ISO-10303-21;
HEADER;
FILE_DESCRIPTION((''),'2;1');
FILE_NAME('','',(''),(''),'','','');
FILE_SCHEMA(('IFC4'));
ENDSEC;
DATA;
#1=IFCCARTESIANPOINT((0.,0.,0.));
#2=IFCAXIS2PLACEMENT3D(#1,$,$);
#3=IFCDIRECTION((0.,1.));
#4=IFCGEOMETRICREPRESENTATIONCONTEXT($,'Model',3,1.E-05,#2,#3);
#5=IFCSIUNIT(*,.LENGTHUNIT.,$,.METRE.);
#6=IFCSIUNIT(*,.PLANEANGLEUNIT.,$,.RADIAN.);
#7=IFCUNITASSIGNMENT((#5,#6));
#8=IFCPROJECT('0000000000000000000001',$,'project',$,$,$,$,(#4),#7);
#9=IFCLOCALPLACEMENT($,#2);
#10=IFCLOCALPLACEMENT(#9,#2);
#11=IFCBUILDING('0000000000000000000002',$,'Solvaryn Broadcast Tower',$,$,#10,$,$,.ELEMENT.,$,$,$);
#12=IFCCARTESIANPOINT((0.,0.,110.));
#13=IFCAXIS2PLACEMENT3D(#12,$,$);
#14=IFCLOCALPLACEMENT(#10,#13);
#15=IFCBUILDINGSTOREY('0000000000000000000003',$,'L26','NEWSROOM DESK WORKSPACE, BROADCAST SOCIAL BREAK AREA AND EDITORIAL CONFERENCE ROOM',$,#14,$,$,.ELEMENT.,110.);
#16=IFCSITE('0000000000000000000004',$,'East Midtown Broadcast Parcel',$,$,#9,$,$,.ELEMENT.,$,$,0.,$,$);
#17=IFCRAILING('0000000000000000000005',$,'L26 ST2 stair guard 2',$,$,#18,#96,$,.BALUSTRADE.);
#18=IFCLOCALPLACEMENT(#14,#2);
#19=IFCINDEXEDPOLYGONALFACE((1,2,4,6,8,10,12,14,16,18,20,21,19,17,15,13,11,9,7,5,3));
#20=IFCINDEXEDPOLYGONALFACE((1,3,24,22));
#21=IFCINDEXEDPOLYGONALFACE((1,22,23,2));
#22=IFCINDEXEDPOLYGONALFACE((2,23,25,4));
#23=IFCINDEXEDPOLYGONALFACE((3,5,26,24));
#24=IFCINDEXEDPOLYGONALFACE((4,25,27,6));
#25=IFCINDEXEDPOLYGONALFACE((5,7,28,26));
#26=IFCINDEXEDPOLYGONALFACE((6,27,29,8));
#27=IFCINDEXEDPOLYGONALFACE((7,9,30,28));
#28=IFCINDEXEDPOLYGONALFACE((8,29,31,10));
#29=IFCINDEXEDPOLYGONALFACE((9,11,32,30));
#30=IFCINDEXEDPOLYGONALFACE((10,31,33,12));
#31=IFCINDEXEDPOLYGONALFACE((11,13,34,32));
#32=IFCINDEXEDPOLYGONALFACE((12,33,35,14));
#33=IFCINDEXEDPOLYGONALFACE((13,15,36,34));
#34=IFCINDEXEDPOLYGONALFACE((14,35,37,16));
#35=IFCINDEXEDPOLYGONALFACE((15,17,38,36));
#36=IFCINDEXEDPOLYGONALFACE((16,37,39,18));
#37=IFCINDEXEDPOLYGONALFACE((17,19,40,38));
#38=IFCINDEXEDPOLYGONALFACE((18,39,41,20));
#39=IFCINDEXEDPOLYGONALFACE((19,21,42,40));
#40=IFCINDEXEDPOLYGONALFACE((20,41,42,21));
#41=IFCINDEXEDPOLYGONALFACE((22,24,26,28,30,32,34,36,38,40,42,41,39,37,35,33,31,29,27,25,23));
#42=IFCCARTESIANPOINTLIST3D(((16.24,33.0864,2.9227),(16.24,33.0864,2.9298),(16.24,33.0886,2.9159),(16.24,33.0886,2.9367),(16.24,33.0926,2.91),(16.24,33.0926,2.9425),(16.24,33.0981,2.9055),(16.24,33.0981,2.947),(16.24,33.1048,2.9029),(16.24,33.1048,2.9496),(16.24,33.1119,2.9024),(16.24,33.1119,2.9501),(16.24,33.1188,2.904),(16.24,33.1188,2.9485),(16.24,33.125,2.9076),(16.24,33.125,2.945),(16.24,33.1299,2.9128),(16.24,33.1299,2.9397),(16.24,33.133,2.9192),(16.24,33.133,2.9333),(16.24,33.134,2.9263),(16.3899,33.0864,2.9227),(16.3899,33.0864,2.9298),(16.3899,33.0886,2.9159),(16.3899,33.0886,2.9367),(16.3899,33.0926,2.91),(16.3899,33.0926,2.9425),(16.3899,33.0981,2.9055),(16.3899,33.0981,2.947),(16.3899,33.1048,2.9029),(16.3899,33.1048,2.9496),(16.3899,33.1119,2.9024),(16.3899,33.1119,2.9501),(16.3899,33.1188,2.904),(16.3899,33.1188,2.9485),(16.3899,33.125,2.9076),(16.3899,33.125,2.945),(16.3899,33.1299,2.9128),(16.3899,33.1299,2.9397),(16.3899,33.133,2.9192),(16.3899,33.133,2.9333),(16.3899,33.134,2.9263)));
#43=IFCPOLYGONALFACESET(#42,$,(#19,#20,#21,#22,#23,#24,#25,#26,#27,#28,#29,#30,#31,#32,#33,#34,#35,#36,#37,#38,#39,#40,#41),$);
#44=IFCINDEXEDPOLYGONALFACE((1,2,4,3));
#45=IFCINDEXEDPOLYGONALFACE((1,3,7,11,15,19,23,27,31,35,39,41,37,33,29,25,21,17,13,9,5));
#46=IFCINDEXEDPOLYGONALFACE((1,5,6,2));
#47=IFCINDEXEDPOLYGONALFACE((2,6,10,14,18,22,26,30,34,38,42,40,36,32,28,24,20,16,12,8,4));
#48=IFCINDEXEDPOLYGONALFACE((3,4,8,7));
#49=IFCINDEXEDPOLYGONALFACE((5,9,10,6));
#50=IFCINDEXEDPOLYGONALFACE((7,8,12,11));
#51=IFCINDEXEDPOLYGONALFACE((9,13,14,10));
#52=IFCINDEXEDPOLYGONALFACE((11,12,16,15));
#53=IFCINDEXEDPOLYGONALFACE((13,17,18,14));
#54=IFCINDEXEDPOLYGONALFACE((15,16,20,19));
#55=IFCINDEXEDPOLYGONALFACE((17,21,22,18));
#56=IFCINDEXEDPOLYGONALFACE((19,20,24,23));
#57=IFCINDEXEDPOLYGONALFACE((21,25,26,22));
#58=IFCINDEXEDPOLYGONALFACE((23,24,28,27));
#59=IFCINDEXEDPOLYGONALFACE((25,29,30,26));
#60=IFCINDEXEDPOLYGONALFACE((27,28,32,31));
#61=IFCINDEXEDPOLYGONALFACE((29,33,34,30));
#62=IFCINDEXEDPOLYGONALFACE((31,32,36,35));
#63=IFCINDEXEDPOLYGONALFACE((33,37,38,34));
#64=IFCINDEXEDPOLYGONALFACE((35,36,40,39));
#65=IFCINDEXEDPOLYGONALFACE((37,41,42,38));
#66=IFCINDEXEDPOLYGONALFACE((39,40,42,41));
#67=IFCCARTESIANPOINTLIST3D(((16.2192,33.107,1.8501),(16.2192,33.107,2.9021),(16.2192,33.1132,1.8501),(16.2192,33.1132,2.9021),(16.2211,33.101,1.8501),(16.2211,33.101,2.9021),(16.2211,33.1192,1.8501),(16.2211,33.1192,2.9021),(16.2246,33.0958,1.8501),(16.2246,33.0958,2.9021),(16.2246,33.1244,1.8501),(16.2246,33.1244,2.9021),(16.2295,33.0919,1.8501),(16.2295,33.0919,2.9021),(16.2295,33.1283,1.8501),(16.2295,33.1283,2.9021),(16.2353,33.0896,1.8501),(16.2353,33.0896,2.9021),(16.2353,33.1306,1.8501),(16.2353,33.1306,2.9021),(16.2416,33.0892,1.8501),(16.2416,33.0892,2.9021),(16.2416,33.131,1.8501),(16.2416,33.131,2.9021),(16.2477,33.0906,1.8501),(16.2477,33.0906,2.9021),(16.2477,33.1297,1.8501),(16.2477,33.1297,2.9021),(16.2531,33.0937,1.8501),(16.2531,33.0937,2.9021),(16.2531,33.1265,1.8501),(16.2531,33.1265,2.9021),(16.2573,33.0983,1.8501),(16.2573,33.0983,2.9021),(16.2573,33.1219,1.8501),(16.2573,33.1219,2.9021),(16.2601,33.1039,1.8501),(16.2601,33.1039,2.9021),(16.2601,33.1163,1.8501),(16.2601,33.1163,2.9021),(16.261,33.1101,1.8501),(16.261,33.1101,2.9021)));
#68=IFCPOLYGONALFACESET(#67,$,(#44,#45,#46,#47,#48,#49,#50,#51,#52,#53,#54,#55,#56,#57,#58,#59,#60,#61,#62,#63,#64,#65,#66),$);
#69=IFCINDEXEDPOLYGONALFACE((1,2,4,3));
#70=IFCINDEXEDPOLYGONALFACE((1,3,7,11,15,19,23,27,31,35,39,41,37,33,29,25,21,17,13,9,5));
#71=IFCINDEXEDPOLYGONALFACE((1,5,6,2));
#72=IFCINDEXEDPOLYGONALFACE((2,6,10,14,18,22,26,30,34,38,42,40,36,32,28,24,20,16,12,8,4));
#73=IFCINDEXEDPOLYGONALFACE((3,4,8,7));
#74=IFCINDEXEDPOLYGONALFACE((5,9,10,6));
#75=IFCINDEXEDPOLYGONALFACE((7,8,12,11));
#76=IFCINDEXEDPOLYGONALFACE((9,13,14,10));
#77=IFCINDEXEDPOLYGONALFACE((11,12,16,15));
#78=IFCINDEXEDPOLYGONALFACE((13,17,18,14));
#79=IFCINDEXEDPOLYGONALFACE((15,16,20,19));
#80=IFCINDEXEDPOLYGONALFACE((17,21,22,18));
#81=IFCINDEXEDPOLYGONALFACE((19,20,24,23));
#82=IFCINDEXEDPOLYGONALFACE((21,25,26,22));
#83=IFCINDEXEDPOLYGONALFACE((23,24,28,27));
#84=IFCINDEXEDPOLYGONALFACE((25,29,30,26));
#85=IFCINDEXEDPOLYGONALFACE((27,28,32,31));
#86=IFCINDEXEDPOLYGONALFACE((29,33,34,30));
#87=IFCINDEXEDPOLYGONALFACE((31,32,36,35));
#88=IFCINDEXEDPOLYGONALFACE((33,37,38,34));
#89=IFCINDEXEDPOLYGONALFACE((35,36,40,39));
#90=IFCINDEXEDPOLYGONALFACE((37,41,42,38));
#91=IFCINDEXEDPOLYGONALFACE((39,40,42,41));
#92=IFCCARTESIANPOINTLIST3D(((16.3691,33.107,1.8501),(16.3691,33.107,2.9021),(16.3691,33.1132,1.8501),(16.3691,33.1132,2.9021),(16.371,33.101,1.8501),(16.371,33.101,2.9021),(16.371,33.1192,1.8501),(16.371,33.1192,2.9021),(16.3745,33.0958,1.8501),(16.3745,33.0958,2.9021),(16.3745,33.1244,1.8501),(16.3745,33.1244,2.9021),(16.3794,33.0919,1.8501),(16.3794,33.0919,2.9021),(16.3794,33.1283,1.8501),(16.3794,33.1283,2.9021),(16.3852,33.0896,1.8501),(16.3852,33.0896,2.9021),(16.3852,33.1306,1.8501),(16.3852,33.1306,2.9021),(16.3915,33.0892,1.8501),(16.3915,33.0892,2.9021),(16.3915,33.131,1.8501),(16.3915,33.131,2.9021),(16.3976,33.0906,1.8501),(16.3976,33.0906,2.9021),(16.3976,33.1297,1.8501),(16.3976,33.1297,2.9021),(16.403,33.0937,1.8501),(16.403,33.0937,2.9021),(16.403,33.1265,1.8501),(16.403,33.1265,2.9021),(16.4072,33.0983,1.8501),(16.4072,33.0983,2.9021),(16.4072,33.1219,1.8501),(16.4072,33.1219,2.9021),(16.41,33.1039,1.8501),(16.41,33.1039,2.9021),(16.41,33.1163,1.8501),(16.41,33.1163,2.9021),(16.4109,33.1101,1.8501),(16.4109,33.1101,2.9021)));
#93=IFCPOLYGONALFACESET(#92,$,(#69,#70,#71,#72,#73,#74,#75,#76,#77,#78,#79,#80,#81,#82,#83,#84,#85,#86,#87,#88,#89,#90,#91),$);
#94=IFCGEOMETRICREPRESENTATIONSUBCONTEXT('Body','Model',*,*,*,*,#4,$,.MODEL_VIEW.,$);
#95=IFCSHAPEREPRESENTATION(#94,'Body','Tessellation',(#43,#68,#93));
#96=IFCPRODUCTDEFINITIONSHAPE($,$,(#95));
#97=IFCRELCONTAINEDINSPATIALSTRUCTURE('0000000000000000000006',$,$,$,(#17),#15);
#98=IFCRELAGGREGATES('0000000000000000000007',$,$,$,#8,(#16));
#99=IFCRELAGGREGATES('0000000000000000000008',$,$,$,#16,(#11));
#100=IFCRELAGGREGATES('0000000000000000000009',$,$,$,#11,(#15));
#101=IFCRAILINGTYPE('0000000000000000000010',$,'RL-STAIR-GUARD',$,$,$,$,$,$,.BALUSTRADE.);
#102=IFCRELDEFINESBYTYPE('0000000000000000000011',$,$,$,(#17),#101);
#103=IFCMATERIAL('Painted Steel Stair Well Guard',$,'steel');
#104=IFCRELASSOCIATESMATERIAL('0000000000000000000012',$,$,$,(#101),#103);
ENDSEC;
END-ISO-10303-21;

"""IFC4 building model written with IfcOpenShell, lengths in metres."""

from ifc_helpers import new_model, si_unit, direction, frame, origin, origin_2d, place, context, subcontext, project, spatial, circle, extrude, material, type_object, element, save


model = new_model("IFC4")

# Units and contexts
model_context = context("Model", 3, precision=1e-05, world=origin(), true_north=direction((0.0, 1.0)))
body_context = subcontext(model_context, "Body", "Model", "MODEL_VIEW")
ifc_project = project(units=[si_unit("LENGTHUNIT", "METRE"), si_unit("PLANEANGLEUNIT", "RADIAN")], contexts=[model_context])

# Site, building, storey
site_placement = place(None, origin())
site = spatial("IfcSite", under=ifc_project, at=site_placement, Name="East Midtown Broadcast Parcel", CompositionType="ELEMENT", RefElevation=0.0)
building_placement = place(site_placement, origin())
building = spatial("IfcBuilding", under=site, at=building_placement, Name="Solvaryn Broadcast Tower", CompositionType="ELEMENT")
storey_placement = place(building_placement, frame((0.0, 0.0, 110.0)))
storey = spatial("IfcBuildingStorey", under=building, at=storey_placement, Name="L26", Description="NEWSROOM DESK WORKSPACE, BROADCAST SOCIAL BREAK AREA AND EDITORIAL CONFERENCE ROOM", CompositionType="ELEMENT", Elevation=110.0)

# Railing
ifc_material_1 = material(Name="Painted Steel Stair Well Guard", Category="steel")
railing_type_1 = type_object("IfcRailingType", Name="RL-STAIR-GUARD", PredefinedType="BALUSTRADE", material=ifc_material_1)
railing_1_placement = place(storey_placement, frame((16.24, 33.1101, 1.8501)))
element("IfcRailing", 1, at=railing_1_placement, inside=storey, type_object=railing_type_1, Name="L26 ST2 stair guard 2", PredefinedType="BALUSTRADE", context=body_context, shape_type="SweptSolid", body=[
    extrude(circle(Radius=0.0239, at=origin_2d()), frame((0.0, 0.0, 1.0762), z_axis=(1.0, 0.0, 0.0), x_axis=(0.0, 1.0, 0.0)), (0.0, 0.0, 1.0), 0.1499),
    extrude(circle(Radius=0.021, at=origin_2d()), origin(), (0.0, 0.0, 1.0), 1.052),
    extrude(circle(Radius=0.021, at=origin_2d()), frame((0.1499, 0.0, 0.0)), (0.0, 0.0, 1.0), 1.052),
])

save(model, "model.ifc")
